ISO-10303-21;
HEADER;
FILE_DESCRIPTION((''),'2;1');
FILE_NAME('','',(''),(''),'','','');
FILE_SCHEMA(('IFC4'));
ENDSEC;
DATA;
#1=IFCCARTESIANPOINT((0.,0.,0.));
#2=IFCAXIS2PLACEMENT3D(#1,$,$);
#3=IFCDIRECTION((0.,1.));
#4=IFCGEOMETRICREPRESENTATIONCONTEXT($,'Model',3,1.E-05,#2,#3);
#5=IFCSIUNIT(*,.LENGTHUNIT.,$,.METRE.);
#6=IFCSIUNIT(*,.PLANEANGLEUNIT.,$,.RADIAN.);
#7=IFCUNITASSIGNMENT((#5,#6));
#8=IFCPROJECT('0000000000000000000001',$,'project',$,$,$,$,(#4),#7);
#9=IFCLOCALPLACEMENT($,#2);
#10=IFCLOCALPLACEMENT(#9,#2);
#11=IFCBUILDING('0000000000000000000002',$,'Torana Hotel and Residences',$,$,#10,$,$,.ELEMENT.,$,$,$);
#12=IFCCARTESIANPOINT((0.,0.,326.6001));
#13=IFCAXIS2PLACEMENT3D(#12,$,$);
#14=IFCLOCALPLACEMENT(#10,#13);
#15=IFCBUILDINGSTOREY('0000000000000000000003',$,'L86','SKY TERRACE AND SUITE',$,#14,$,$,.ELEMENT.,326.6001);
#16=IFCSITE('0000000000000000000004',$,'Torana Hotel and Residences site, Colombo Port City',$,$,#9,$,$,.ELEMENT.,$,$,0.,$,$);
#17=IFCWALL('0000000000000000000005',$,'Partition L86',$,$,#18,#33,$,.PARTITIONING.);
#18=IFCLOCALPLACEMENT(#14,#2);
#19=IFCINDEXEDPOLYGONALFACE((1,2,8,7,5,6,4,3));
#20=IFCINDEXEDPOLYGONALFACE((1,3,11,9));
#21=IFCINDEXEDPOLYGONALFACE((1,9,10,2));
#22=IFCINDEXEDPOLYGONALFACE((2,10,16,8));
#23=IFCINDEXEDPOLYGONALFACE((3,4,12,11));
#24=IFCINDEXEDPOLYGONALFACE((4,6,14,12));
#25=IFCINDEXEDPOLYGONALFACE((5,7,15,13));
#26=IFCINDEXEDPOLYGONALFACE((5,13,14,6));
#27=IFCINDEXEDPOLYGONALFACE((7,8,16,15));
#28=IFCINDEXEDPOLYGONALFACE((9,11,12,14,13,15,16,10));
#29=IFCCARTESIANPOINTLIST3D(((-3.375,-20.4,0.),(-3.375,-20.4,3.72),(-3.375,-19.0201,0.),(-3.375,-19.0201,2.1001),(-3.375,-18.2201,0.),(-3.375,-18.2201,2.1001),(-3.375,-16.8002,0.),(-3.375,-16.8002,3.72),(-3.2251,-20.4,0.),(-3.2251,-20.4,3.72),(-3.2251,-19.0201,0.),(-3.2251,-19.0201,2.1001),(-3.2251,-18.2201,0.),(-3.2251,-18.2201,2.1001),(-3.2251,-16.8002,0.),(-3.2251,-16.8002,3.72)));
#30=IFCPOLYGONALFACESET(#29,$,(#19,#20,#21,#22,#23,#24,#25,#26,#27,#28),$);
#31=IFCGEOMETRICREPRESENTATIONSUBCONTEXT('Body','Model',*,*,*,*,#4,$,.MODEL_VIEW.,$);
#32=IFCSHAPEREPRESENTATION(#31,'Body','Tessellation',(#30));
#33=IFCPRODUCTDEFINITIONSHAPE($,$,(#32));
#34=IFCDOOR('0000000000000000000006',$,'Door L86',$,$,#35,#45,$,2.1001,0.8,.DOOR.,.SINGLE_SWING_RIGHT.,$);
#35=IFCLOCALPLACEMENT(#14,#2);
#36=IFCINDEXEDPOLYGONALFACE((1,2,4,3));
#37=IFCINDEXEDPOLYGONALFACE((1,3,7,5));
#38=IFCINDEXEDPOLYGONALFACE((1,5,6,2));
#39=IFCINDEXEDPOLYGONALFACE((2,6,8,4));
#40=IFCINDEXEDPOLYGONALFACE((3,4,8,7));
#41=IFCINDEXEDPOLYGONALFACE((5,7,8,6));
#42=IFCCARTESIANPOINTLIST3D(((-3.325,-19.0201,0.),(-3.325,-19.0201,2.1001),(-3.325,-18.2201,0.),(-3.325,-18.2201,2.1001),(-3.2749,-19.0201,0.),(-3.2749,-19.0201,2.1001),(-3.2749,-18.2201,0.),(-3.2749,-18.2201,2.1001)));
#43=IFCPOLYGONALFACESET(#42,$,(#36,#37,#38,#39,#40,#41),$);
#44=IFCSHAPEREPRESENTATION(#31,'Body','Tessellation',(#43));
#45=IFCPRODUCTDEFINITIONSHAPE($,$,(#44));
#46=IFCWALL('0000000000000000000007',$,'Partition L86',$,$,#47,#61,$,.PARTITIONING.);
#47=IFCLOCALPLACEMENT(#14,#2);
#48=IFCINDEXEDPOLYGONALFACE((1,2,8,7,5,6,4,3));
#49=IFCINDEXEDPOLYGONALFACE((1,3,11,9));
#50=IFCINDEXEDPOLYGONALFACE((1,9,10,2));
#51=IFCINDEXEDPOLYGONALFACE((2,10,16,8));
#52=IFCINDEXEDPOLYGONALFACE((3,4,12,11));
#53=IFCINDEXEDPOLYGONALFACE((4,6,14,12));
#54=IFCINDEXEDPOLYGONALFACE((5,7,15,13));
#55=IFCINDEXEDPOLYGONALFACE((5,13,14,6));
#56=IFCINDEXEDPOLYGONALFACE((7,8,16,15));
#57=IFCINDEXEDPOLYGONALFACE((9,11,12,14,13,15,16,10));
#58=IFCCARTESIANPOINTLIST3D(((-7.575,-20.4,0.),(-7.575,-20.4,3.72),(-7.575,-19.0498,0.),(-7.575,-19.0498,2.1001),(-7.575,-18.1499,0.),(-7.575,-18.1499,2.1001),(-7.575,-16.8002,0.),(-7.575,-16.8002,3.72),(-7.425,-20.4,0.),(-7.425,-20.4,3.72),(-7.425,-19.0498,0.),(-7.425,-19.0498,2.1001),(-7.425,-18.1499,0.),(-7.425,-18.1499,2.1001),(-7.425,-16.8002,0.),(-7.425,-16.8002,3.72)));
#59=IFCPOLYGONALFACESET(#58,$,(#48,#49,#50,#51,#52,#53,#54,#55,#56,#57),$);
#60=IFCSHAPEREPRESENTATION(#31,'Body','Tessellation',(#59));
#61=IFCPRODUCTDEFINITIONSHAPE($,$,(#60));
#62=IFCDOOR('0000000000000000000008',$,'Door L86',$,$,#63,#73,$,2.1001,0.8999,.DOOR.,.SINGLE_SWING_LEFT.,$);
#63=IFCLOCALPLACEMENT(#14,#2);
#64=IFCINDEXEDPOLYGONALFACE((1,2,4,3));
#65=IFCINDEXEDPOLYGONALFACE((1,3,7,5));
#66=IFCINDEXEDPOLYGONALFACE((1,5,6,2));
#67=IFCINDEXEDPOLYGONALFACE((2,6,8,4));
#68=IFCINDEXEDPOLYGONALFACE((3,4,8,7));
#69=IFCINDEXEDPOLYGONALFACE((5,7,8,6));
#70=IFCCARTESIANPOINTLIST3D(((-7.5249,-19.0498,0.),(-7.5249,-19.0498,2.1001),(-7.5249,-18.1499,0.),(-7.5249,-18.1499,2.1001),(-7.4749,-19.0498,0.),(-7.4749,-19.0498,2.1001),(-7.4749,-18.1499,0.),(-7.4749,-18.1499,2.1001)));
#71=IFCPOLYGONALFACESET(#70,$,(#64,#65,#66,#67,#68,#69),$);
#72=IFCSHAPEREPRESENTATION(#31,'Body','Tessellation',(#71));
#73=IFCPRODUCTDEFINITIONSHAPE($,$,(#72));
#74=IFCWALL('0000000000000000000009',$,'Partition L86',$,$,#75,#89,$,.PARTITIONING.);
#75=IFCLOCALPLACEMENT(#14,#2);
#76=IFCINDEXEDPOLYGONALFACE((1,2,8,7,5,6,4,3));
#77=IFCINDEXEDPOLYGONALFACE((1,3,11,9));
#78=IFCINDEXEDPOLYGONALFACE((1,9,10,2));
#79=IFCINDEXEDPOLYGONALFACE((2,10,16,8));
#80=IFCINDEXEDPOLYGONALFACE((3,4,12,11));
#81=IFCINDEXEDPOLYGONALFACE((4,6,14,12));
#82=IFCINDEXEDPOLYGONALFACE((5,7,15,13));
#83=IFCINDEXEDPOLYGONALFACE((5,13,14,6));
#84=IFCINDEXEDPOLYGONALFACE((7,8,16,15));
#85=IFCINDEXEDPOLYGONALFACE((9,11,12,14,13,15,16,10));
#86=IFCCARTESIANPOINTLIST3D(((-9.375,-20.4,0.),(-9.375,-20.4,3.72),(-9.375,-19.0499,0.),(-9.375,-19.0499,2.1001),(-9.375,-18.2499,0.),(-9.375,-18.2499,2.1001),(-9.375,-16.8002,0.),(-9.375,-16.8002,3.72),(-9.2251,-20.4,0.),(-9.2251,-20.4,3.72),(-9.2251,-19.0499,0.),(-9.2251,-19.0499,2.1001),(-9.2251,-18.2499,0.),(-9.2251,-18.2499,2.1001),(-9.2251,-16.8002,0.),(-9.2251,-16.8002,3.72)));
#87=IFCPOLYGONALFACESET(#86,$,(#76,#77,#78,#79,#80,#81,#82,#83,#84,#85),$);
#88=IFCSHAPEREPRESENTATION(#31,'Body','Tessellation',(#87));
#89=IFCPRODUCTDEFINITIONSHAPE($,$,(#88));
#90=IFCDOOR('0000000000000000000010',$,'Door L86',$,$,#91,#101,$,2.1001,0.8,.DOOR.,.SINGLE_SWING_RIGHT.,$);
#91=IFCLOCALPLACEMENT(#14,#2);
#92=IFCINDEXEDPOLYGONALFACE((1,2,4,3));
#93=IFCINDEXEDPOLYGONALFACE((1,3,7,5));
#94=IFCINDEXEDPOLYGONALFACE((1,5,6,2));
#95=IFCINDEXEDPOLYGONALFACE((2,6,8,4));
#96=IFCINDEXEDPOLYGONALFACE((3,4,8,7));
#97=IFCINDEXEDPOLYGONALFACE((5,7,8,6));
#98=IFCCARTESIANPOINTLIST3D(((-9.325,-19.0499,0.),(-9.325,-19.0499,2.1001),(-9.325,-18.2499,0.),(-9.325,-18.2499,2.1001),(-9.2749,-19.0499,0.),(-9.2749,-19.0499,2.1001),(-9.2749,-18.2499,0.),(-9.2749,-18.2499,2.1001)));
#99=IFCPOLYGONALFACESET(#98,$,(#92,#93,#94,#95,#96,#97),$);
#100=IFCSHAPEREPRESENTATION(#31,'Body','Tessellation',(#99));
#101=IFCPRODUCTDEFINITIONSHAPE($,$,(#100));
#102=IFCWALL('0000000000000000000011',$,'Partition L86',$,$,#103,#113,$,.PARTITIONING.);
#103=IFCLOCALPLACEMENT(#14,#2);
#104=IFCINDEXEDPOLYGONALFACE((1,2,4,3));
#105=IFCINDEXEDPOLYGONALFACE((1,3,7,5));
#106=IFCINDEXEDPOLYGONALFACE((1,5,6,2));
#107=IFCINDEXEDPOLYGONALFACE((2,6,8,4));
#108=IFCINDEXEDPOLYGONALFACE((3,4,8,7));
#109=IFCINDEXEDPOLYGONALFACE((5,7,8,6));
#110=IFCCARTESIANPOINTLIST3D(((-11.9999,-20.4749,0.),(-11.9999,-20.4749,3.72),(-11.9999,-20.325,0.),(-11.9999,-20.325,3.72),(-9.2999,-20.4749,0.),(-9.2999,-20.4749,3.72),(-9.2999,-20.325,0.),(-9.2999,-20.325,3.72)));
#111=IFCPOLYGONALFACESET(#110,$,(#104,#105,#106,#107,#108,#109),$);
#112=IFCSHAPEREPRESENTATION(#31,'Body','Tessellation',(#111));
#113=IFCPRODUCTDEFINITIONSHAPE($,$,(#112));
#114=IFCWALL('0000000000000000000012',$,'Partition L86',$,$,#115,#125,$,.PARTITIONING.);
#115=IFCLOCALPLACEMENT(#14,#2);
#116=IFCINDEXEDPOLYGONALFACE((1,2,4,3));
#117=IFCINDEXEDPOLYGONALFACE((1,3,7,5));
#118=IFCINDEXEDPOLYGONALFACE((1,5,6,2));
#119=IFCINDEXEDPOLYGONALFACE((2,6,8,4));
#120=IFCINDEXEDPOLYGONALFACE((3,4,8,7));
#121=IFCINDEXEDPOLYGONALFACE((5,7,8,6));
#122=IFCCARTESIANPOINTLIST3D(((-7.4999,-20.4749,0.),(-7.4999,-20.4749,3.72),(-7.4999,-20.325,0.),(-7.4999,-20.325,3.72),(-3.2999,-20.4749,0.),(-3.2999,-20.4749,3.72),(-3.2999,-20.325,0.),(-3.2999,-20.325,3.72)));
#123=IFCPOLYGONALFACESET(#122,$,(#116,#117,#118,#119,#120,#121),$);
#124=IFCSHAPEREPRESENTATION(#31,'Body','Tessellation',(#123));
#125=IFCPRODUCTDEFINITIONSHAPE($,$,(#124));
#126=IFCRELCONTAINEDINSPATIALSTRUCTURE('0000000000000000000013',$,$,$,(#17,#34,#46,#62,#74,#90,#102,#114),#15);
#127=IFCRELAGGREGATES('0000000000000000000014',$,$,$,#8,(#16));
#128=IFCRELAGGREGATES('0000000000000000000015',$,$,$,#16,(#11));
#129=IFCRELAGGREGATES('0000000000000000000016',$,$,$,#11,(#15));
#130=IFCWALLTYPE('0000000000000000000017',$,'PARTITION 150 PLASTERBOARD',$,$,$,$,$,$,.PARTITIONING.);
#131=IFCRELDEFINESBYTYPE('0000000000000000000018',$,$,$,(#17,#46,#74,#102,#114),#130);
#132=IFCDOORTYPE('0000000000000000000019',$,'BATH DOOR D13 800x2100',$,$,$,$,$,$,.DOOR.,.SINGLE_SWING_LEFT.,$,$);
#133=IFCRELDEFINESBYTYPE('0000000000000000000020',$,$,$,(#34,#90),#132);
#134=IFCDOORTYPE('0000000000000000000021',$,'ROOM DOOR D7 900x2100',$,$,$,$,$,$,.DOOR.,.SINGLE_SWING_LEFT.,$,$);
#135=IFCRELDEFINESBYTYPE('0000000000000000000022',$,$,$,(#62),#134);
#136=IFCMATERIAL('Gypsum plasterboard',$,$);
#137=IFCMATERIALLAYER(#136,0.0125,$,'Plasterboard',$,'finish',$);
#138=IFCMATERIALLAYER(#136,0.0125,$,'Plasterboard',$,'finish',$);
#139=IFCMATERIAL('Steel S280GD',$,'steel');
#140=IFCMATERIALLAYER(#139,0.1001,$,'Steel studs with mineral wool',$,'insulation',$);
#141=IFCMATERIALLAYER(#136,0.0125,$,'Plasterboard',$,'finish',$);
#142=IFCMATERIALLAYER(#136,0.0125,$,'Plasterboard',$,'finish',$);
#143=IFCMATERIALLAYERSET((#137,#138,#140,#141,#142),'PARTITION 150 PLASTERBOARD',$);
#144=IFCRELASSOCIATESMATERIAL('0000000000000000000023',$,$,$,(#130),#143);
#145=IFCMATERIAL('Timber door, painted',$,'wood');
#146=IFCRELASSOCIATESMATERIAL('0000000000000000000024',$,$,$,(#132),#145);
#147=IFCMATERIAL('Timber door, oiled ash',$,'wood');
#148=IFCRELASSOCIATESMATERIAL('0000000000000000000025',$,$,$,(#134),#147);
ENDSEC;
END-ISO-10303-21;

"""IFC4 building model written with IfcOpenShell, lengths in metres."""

from ifc_helpers import new_model, si_unit, direction, frame, frame_2d, origin, place, context, subcontext, project, spatial, rectangle, extrude, material, layer, layer_set, type_object, element, fill, save


model = new_model("IFC4")

# Units and contexts
model_context = context("Model", 3, precision=1e-05, world=origin(), true_north=direction((0.0, 1.0)))
body_context = subcontext(model_context, "Body", "Model", "MODEL_VIEW")
ifc_project = project(units=[si_unit("LENGTHUNIT", "METRE"), si_unit("PLANEANGLEUNIT", "RADIAN")], contexts=[model_context])

# Site, building, storey
site_placement = place(None, origin())
site = spatial("IfcSite", under=ifc_project, at=site_placement, Name="Torana Hotel and Residences site, Colombo Port City", CompositionType="ELEMENT", RefElevation=0.0)
building_placement = place(site_placement, origin())
building = spatial("IfcBuilding", under=site, at=building_placement, Name="Torana Hotel and Residences", CompositionType="ELEMENT")
storey_placement = place(building_placement, frame((0.0, 0.0, 326.6001)))
storey = spatial("IfcBuildingStorey", under=building, at=storey_placement, Name="L86", Description="SKY TERRACE AND SUITE", CompositionType="ELEMENT", Elevation=326.6001)

# Walls, openings, doors
ifc_material_1 = material(Name="Gypsum plasterboard")
ifc_layer_1 = layer(ifc_material_1, 0.0125, Name="Plasterboard", Category="finish")
ifc_layer_2 = layer(ifc_material_1, 0.0125, Name="Plasterboard", Category="finish")
ifc_material_2 = material(Name="Steel S280GD", Category="steel")
ifc_layer_3 = layer(ifc_material_2, 0.1001, Name="Steel studs with mineral wool", Category="insulation")
ifc_layer_4 = layer(ifc_material_1, 0.0125, Name="Plasterboard", Category="finish")
ifc_layer_5 = layer(ifc_material_1, 0.0125, Name="Plasterboard", Category="finish")
ifc_layer_set_1 = layer_set([ifc_layer_1, ifc_layer_2, ifc_layer_3, ifc_layer_4, ifc_layer_5], Name="PARTITION 150 PLASTERBOARD")
wall_type_1 = type_object("IfcWallType", Name="PARTITION 150 PLASTERBOARD", PredefinedType="PARTITIONING", material=ifc_layer_set_1)
wall_1_placement = place(storey_placement, frame((-3.3, -20.3999, 0.0), z_axis=(0.0, 0.0, 1.0), x_axis=(0.0, 1.0, 0.0)))
wall_1 = element("IfcWall", 1, at=wall_1_placement, inside=storey, type_object=wall_type_1, Name="Partition L86", PredefinedType="PARTITIONING", context=body_context, shape_type="SweptSolid", body=[
    extrude(rectangle(XDim=3.5999, YDim=0.1499, at=frame_2d((1.7998, 0.0))), origin(), (0.0, 0.0, 1.0), 3.72),
])
opening_1_placement = place(wall_1_placement, frame((1.3799, 0.0, 0.0)))
opening_1 = element("IfcOpeningElement", 2, at=opening_1_placement, cuts=wall_1, PredefinedType="OPENING", context=body_context, shape_type="SweptSolid", body=[
    extrude(rectangle(XDim=0.8, YDim=2.1001, at=frame_2d((0.3999, 1.05))), frame((0.0, 0.085, 0.0), z_axis=(0.0, -1.0, 0.0), x_axis=(1.0, 0.0, 0.0)), (0.0, 0.0, 1.0), 0.1699),
])
ifc_material_3 = material(Name="Timber door, painted", Category="wood")
door_type_1 = type_object("IfcDoorType", Name="BATH DOOR D13 800x2100", OperationType="SINGLE_SWING_LEFT", PredefinedType="DOOR", material=ifc_material_3)
door_1_placement = place(opening_1_placement, origin())
door_1 = element("IfcDoor", 3, at=door_1_placement, inside=storey, type_object=door_type_1, Name="Door L86", OperationType="SINGLE_SWING_RIGHT", OverallHeight=2.1001, OverallWidth=0.8, PredefinedType="DOOR", context=body_context, shape_type="SweptSolid", body=[
    extrude(rectangle(XDim=0.8, YDim=2.1001, at=frame_2d((0.3999, 1.05))), frame((0.0, 0.0249, 0.0), z_axis=(0.0, -1.0, 0.0), x_axis=(1.0, 0.0, 0.0)), (0.0, 0.0, 1.0), 0.05),
])
fill(opening_1, door_1)
wall_2_placement = place(storey_placement, frame((-7.5, -20.3999, 0.0), z_axis=(0.0, 0.0, 1.0), x_axis=(0.0, 1.0, 0.0)))
wall_2 = element("IfcWall", 4, at=wall_2_placement, inside=storey, type_object=wall_type_1, Name="Partition L86", PredefinedType="PARTITIONING", context=body_context, shape_type="SweptSolid", body=[
    extrude(rectangle(XDim=3.5999, YDim=0.1499, at=frame_2d((1.7998, 0.0))), origin(), (0.0, 0.0, 1.0), 3.72),
])
opening_2_placement = place(wall_2_placement, frame((1.3501, 0.0, 0.0)))
opening_2 = element("IfcOpeningElement", 5, at=opening_2_placement, cuts=wall_2, PredefinedType="OPENING", context=body_context, shape_type="SweptSolid", body=[
    extrude(rectangle(XDim=0.8999, YDim=2.1001, at=frame_2d((0.45, 1.05))), frame((0.0, 0.085, 0.0), z_axis=(0.0, -1.0, 0.0), x_axis=(1.0, 0.0, 0.0)), (0.0, 0.0, 1.0), 0.1699),
])
ifc_material_4 = material(Name="Timber door, oiled ash", Category="wood")
door_type_2 = type_object("IfcDoorType", Name="ROOM DOOR D7 900x2100", OperationType="SINGLE_SWING_LEFT", PredefinedType="DOOR", material=ifc_material_4)
door_2_placement = place(opening_2_placement, origin())
door_2 = element("IfcDoor", 6, at=door_2_placement, inside=storey, type_object=door_type_2, Name="Door L86", OperationType="SINGLE_SWING_LEFT", OverallHeight=2.1001, OverallWidth=0.8999, PredefinedType="DOOR", context=body_context, shape_type="SweptSolid", body=[
    extrude(rectangle(XDim=0.8999, YDim=2.1001, at=frame_2d((0.45, 1.05))), frame((0.0, 0.0249, 0.0), z_axis=(0.0, -1.0, 0.0), x_axis=(1.0, 0.0, 0.0)), (0.0, 0.0, 1.0), 0.05),
])
fill(opening_2, door_2)
wall_3_placement = place(storey_placement, frame((-9.3, -20.3999, 0.0), z_axis=(0.0, 0.0, 1.0), x_axis=(0.0, 1.0, 0.0)))
wall_3 = element("IfcWall", 7, at=wall_3_placement, inside=storey, type_object=wall_type_1, Name="Partition L86", PredefinedType="PARTITIONING", context=body_context, shape_type="SweptSolid", body=[
    extrude(rectangle(XDim=3.5999, YDim=0.1499, at=frame_2d((1.7998, 0.0))), origin(), (0.0, 0.0, 1.0), 3.72),
])
opening_3_placement = place(wall_3_placement, frame((1.3501, 0.0, 0.0)))
opening_3 = element("IfcOpeningElement", 8, at=opening_3_placement, cuts=wall_3, PredefinedType="OPENING", context=body_context, shape_type="SweptSolid", body=[
    extrude(rectangle(XDim=0.8, YDim=2.1001, at=frame_2d((0.3999, 1.05))), frame((0.0, 0.085, 0.0), z_axis=(0.0, -1.0, 0.0), x_axis=(1.0, 0.0, 0.0)), (0.0, 0.0, 1.0), 0.1699),
])
door_3_placement = place(opening_3_placement, frame((0.3999, 0.0, 0.0), z_axis=(0.0, 0.0, 1.0), x_axis=(-1.0, 0.0, 0.0)))
door_3 = element("IfcDoor", 9, at=door_3_placement, inside=storey, type_object=door_type_1, Name="Door L86", OperationType="SINGLE_SWING_RIGHT", OverallHeight=2.1001, OverallWidth=0.8, PredefinedType="DOOR", context=body_context, shape_type="SweptSolid", body=[
    extrude(rectangle(XDim=0.8, YDim=2.1001, at=frame_2d((0.0, 1.05))), frame((0.0, -0.0249, 0.0), z_axis=(0.0, 1.0, 0.0), x_axis=(-1.0, 0.0, 0.0)), (0.0, 0.0, 1.0), 0.05),
])
fill(opening_3, door_3)

# Walls
wall_4_placement = place(storey_placement, frame((-12.0, -20.3999, 0.0), z_axis=(0.0, 0.0, 1.0), x_axis=(1.0, 0.0, 0.0)))
element("IfcWall", 10, at=wall_4_placement, inside=storey, type_object=wall_type_1, Name="Partition L86", PredefinedType="PARTITIONING", context=body_context, shape_type="SweptSolid", body=[
    extrude(rectangle(XDim=2.7, YDim=0.1499, at=frame_2d((1.3501, 0.0))), origin(), (0.0, 0.0, 1.0), 3.72),
])
wall_5_placement = place(storey_placement, frame((-7.5, -20.3999, 0.0), z_axis=(0.0, 0.0, 1.0), x_axis=(1.0, 0.0, 0.0)))
element("IfcWall", 11, at=wall_5_placement, inside=storey, type_object=wall_type_1, Name="Partition L86", PredefinedType="PARTITIONING", context=body_context, shape_type="SweptSolid", body=[
    extrude(rectangle(XDim=4.2, YDim=0.1499, at=frame_2d((2.1001, 0.0))), origin(), (0.0, 0.0, 1.0), 3.72),
])

save(model, "model.ifc")
